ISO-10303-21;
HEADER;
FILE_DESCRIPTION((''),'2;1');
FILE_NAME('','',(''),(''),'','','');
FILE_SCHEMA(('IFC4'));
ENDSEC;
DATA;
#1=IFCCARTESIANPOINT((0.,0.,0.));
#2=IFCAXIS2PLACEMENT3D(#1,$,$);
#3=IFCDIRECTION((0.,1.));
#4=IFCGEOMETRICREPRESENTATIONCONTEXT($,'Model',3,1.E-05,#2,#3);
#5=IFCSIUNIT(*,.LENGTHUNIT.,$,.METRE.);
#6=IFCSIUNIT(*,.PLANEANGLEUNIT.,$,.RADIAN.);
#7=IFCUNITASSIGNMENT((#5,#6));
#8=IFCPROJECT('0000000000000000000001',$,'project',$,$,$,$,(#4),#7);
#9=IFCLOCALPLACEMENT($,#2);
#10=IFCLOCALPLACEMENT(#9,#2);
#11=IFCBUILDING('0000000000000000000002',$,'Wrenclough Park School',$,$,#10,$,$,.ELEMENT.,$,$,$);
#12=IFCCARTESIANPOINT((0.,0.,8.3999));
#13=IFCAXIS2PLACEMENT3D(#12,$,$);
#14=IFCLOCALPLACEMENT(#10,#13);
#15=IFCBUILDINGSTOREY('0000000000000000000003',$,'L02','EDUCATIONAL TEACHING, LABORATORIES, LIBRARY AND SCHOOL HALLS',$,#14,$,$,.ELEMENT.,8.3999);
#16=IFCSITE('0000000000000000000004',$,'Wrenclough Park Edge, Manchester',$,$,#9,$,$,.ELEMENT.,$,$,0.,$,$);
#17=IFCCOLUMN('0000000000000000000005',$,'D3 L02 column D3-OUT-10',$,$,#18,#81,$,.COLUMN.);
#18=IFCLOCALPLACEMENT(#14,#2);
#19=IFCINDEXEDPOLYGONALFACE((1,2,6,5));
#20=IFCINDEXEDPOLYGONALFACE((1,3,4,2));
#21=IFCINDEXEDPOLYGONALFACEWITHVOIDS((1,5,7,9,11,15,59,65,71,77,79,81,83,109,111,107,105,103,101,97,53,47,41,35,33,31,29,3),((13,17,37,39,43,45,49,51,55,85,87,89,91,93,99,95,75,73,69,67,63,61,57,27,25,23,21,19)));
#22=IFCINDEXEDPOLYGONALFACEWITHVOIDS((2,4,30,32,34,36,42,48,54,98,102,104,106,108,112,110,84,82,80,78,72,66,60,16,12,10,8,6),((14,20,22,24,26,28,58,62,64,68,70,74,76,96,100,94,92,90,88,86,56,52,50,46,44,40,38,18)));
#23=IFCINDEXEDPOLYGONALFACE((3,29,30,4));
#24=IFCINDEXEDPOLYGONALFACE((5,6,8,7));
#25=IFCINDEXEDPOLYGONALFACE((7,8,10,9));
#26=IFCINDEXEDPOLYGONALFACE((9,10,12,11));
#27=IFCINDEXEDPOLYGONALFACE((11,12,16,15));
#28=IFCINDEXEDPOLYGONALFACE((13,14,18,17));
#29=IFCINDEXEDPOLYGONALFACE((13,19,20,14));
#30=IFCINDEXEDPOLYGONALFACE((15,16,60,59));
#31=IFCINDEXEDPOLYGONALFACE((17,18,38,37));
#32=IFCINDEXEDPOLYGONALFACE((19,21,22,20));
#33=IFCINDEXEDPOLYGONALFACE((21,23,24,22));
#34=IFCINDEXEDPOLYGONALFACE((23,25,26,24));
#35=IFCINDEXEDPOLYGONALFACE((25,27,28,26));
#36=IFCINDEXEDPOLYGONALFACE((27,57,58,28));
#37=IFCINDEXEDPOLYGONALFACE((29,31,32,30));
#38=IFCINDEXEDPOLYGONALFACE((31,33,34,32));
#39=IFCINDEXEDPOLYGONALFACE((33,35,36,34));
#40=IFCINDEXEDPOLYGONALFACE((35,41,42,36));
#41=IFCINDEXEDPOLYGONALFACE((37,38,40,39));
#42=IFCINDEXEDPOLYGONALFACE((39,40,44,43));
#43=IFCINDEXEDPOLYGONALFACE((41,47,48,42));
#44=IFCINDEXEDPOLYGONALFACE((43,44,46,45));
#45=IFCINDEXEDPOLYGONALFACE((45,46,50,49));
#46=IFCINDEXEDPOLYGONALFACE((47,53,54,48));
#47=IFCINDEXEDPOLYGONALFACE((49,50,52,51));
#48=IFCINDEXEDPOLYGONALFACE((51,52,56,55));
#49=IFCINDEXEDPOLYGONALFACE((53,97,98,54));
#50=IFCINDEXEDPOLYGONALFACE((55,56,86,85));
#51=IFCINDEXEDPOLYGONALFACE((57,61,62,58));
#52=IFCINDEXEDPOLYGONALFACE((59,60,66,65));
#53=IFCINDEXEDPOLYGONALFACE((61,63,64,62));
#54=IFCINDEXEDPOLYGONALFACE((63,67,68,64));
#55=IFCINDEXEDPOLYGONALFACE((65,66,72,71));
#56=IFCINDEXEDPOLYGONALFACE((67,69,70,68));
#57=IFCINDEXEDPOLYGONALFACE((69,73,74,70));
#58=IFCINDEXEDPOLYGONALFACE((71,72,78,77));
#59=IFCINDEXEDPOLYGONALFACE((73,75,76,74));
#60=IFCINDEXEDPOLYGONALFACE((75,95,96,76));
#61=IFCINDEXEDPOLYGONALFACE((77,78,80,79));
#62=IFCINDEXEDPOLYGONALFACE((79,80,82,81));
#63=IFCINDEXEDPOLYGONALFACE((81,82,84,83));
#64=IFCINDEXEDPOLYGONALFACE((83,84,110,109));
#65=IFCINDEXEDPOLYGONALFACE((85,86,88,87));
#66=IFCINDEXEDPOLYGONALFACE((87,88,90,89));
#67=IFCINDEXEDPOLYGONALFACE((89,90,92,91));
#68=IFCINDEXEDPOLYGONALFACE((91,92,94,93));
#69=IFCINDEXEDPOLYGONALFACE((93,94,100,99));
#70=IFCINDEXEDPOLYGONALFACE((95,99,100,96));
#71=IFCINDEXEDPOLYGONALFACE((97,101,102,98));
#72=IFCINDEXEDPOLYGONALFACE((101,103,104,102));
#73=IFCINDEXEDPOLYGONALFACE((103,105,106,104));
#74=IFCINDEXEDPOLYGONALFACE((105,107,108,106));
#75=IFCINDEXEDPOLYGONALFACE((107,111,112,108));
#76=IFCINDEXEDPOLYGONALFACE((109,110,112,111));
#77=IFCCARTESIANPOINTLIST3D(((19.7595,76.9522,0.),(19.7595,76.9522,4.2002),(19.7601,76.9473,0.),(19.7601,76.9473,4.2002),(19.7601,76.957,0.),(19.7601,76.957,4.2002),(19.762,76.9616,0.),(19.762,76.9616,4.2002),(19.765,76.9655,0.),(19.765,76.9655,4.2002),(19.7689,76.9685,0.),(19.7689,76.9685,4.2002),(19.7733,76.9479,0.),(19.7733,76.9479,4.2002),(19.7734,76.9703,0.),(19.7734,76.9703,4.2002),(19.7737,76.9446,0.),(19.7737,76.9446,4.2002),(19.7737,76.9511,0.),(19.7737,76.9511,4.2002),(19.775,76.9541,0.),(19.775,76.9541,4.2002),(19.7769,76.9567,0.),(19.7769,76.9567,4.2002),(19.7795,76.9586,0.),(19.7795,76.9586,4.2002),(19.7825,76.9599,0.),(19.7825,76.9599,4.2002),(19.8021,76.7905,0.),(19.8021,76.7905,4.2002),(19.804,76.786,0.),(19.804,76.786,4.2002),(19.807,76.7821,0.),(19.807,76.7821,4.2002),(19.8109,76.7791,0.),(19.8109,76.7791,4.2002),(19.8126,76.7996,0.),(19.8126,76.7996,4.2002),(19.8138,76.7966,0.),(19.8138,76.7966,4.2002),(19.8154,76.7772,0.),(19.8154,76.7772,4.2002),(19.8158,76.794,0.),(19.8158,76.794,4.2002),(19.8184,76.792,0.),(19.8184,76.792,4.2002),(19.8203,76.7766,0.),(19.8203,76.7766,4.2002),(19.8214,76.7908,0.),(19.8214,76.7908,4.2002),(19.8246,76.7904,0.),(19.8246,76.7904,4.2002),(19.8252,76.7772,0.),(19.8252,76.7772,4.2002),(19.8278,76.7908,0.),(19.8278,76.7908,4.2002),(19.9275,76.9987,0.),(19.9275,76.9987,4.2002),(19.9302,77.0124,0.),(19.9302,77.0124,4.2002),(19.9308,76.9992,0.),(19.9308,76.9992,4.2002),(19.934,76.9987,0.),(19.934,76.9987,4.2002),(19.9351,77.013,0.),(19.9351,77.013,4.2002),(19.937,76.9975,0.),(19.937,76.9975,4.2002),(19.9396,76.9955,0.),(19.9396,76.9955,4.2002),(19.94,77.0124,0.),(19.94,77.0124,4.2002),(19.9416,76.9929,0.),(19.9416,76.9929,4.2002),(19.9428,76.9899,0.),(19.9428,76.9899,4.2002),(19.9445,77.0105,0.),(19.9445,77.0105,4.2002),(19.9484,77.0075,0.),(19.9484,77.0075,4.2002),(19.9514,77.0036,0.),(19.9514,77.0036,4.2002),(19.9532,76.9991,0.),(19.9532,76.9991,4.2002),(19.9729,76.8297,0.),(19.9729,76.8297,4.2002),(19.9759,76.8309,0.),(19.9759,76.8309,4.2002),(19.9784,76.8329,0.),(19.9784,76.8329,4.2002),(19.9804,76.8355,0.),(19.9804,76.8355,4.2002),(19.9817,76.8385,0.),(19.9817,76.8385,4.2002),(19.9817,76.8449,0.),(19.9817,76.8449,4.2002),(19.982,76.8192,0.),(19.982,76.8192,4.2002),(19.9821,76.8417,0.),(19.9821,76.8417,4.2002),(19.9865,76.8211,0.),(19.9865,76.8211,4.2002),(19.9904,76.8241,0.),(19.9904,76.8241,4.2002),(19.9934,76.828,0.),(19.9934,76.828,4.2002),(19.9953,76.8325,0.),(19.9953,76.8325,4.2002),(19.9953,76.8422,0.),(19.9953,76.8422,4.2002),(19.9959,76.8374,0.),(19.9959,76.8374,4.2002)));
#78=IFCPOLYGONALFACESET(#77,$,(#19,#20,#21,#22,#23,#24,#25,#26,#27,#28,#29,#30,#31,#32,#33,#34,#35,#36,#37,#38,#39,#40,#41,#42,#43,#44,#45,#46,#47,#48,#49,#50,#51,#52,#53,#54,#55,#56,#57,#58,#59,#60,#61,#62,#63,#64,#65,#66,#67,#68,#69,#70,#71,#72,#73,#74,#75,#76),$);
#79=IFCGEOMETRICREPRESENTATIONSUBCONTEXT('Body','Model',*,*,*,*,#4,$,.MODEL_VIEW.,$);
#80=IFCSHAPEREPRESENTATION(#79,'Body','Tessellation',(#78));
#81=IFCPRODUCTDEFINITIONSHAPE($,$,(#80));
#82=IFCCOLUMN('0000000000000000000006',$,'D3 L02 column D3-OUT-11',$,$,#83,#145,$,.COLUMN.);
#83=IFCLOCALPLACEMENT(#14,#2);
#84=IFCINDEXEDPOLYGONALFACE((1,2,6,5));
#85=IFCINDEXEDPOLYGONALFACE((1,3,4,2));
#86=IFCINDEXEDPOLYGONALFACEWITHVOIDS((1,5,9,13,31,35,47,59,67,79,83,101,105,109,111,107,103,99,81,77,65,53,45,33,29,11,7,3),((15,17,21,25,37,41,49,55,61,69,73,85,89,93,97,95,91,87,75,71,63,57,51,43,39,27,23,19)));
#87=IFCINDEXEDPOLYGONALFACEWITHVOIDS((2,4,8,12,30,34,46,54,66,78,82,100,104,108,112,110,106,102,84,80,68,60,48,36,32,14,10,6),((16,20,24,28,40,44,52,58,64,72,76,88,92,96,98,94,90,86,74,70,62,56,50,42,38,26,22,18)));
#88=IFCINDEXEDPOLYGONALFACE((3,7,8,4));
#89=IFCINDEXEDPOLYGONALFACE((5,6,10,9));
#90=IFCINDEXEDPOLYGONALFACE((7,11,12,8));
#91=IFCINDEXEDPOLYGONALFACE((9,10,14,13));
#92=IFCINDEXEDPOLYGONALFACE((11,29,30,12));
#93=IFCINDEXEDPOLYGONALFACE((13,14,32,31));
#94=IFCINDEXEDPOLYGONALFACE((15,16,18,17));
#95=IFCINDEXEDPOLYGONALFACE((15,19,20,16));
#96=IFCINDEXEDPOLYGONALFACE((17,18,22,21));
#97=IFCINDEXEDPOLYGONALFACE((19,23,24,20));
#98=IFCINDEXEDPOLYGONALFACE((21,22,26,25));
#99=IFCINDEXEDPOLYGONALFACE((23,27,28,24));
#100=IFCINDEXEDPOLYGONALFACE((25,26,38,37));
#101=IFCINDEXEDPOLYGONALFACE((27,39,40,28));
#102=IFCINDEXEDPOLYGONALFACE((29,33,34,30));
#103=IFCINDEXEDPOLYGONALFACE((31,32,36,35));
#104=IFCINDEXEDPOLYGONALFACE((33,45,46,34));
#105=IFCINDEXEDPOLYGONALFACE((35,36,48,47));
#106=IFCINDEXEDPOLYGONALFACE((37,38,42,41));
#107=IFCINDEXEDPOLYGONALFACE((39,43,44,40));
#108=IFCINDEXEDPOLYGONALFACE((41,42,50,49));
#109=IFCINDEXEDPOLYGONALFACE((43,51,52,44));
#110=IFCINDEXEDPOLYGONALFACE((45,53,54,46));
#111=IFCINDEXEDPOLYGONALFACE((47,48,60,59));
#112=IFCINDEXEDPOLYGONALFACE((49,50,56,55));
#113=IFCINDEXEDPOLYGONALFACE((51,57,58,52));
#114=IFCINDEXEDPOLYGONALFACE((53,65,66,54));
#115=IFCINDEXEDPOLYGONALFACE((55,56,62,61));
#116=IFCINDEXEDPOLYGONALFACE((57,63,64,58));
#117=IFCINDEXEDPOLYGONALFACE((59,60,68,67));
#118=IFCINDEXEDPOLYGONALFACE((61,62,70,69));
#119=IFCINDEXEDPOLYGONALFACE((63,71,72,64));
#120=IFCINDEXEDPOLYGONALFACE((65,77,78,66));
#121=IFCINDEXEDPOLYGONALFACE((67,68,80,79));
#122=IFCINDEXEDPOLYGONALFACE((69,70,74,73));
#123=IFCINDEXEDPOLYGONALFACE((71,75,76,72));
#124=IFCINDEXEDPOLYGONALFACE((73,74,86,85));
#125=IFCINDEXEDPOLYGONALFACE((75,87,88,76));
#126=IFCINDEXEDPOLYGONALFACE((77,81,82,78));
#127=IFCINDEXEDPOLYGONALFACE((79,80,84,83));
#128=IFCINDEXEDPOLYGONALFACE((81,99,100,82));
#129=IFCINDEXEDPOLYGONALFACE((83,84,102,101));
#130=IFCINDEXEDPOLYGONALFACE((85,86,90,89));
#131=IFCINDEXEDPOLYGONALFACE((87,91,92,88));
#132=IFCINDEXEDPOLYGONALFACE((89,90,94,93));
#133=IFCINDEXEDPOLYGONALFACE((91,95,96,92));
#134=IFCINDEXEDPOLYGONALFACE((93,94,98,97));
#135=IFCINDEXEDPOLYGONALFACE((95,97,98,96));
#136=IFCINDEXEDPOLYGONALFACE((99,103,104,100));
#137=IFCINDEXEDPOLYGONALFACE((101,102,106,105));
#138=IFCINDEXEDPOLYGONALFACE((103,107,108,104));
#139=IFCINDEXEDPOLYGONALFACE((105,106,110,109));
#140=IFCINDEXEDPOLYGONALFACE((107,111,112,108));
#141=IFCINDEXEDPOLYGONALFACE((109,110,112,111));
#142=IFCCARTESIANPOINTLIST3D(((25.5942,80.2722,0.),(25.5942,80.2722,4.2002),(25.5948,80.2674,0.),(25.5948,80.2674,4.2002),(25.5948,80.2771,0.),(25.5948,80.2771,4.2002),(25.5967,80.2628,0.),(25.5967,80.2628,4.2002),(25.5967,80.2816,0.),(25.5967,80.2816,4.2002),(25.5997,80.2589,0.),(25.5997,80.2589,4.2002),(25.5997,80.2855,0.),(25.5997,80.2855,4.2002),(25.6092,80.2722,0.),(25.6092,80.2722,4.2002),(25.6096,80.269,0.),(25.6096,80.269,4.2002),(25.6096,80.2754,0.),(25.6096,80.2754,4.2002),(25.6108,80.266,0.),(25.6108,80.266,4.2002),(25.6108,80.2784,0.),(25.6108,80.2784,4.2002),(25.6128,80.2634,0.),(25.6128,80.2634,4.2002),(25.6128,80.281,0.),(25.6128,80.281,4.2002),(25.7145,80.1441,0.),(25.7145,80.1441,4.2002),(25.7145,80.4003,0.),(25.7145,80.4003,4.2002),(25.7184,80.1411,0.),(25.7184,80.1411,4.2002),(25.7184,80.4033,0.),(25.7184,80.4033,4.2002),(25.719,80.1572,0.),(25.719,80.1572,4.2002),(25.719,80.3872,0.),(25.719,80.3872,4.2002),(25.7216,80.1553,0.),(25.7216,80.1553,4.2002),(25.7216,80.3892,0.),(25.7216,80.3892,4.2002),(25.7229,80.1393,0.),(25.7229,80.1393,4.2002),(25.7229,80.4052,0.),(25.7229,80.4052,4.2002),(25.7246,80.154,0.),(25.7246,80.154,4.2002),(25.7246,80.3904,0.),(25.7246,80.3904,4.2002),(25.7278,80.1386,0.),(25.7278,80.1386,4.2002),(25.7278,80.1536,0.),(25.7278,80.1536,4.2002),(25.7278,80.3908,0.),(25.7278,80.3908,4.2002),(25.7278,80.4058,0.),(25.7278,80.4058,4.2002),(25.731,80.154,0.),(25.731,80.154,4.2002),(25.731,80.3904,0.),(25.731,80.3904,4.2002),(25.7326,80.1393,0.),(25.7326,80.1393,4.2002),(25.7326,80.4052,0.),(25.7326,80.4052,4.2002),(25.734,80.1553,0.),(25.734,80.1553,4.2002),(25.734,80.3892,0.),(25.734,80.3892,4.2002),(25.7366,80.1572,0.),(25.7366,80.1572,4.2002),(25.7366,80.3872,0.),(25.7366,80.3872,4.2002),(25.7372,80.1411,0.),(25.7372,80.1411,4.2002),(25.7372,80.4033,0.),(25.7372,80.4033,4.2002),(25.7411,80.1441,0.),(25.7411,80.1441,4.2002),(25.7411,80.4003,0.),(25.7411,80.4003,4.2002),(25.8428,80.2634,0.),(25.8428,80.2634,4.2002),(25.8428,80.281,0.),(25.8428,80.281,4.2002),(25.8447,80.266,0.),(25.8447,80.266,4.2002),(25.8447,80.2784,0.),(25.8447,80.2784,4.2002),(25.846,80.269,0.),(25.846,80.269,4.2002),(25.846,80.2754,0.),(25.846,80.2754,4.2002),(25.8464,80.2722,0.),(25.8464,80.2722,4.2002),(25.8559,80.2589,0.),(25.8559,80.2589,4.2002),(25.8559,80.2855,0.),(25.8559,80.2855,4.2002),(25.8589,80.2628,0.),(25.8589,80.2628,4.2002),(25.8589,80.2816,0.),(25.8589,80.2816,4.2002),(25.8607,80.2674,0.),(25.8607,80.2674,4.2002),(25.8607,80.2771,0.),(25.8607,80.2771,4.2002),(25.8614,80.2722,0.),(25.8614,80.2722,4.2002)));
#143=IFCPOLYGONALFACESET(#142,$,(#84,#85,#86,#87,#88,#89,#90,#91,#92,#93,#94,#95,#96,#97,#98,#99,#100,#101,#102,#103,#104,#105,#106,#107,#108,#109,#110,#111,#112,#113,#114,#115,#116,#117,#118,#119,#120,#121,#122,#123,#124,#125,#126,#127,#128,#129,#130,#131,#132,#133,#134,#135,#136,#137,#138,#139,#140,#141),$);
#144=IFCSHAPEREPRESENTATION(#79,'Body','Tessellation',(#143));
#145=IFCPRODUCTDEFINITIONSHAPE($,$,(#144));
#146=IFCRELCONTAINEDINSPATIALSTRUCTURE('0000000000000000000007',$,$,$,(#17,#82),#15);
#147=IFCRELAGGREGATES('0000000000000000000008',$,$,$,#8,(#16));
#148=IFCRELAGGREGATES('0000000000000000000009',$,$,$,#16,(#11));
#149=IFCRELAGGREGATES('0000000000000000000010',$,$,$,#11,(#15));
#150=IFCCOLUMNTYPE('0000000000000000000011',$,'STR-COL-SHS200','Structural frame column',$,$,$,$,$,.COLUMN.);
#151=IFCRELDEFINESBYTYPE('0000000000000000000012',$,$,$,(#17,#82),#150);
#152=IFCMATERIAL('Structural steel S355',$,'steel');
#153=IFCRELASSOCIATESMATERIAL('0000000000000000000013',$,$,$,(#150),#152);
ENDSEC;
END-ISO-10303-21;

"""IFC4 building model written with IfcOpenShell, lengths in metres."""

from ifc_helpers import new_model, si_unit, direction, frame, origin, origin_2d, place, context, subcontext, project, spatial, hollow_rectangle, extrude, material, material_profile, profile_set, type_object, element, save


model = new_model("IFC4")

# Units and contexts
model_context = context("Model", 3, precision=1e-05, world=origin(), true_north=direction((0.0, 1.0)))
body_context = subcontext(model_context, "Body", "Model", "MODEL_VIEW")
ifc_project = project(units=[si_unit("LENGTHUNIT", "METRE"), si_unit("PLANEANGLEUNIT", "RADIAN")], contexts=[model_context])

# Site, building, storey
site_placement = place(None, origin())
site = spatial("IfcSite", under=ifc_project, at=site_placement, Name="Wrenclough Park Edge, Manchester", CompositionType="ELEMENT", RefElevation=0.0)
building_placement = place(site_placement, origin())
building = spatial("IfcBuilding", under=site, at=building_placement, Name="Wrenclough Park School", CompositionType="ELEMENT")
storey_placement = place(building_placement, frame((0.0, 0.0, 8.3999)))
storey = spatial("IfcBuildingStorey", under=building, at=storey_placement, Name="L02", Description="EDUCATIONAL TEACHING, LABORATORIES, LIBRARY AND SCHOOL HALLS", CompositionType="ELEMENT", Elevation=8.3999)

# Columns
ifc_material_1 = material(Name="Structural steel S355", Category="steel")
ifc_material_profile_1 = material_profile(ifc_material_1, hollow_rectangle(XDim=0.2, YDim=0.2, WallThickness=0.0125, InnerFilletRadius=0.0125, OuterFilletRadius=0.0188, at=origin_2d()), Name="SHS 200x200x12.5")
ifc_profile_set_1 = profile_set([ifc_material_profile_1], Name="Structural steel S355")
column_type = type_object("IfcColumnType", Name="STR-COL-SHS200", Description="Structural frame column", PredefinedType="COLUMN", material=ifc_profile_set_1)
for number, where, z_axis, x_axis, name in (
    (1, (19.8777, 76.8948, 0.0), (0.0, 0.0, 1.0), (0.965926, 0.258819, 0.0), "D3 L02 column D3-OUT-10"),
    (2, (25.7278, 80.2722, 0.0), (0.0, 0.0, 1.0), (0.707107, 0.707107, 0.0), "D3 L02 column D3-OUT-11"),
):
    element("IfcColumn", number, at=place(storey_placement, frame(where, z_axis=z_axis, x_axis=x_axis)), inside=storey, type_object=column_type, Name=name, PredefinedType="COLUMN", context=body_context, shape_type="SweptSolid", body=[
        extrude(hollow_rectangle(XDim=0.2, YDim=0.2, WallThickness=0.0125, InnerFilletRadius=0.0125, OuterFilletRadius=0.0188, at=origin_2d()), origin(), (0.0, 0.0, 1.0), 4.2002),
    ])

save(model, "model.ifc")
